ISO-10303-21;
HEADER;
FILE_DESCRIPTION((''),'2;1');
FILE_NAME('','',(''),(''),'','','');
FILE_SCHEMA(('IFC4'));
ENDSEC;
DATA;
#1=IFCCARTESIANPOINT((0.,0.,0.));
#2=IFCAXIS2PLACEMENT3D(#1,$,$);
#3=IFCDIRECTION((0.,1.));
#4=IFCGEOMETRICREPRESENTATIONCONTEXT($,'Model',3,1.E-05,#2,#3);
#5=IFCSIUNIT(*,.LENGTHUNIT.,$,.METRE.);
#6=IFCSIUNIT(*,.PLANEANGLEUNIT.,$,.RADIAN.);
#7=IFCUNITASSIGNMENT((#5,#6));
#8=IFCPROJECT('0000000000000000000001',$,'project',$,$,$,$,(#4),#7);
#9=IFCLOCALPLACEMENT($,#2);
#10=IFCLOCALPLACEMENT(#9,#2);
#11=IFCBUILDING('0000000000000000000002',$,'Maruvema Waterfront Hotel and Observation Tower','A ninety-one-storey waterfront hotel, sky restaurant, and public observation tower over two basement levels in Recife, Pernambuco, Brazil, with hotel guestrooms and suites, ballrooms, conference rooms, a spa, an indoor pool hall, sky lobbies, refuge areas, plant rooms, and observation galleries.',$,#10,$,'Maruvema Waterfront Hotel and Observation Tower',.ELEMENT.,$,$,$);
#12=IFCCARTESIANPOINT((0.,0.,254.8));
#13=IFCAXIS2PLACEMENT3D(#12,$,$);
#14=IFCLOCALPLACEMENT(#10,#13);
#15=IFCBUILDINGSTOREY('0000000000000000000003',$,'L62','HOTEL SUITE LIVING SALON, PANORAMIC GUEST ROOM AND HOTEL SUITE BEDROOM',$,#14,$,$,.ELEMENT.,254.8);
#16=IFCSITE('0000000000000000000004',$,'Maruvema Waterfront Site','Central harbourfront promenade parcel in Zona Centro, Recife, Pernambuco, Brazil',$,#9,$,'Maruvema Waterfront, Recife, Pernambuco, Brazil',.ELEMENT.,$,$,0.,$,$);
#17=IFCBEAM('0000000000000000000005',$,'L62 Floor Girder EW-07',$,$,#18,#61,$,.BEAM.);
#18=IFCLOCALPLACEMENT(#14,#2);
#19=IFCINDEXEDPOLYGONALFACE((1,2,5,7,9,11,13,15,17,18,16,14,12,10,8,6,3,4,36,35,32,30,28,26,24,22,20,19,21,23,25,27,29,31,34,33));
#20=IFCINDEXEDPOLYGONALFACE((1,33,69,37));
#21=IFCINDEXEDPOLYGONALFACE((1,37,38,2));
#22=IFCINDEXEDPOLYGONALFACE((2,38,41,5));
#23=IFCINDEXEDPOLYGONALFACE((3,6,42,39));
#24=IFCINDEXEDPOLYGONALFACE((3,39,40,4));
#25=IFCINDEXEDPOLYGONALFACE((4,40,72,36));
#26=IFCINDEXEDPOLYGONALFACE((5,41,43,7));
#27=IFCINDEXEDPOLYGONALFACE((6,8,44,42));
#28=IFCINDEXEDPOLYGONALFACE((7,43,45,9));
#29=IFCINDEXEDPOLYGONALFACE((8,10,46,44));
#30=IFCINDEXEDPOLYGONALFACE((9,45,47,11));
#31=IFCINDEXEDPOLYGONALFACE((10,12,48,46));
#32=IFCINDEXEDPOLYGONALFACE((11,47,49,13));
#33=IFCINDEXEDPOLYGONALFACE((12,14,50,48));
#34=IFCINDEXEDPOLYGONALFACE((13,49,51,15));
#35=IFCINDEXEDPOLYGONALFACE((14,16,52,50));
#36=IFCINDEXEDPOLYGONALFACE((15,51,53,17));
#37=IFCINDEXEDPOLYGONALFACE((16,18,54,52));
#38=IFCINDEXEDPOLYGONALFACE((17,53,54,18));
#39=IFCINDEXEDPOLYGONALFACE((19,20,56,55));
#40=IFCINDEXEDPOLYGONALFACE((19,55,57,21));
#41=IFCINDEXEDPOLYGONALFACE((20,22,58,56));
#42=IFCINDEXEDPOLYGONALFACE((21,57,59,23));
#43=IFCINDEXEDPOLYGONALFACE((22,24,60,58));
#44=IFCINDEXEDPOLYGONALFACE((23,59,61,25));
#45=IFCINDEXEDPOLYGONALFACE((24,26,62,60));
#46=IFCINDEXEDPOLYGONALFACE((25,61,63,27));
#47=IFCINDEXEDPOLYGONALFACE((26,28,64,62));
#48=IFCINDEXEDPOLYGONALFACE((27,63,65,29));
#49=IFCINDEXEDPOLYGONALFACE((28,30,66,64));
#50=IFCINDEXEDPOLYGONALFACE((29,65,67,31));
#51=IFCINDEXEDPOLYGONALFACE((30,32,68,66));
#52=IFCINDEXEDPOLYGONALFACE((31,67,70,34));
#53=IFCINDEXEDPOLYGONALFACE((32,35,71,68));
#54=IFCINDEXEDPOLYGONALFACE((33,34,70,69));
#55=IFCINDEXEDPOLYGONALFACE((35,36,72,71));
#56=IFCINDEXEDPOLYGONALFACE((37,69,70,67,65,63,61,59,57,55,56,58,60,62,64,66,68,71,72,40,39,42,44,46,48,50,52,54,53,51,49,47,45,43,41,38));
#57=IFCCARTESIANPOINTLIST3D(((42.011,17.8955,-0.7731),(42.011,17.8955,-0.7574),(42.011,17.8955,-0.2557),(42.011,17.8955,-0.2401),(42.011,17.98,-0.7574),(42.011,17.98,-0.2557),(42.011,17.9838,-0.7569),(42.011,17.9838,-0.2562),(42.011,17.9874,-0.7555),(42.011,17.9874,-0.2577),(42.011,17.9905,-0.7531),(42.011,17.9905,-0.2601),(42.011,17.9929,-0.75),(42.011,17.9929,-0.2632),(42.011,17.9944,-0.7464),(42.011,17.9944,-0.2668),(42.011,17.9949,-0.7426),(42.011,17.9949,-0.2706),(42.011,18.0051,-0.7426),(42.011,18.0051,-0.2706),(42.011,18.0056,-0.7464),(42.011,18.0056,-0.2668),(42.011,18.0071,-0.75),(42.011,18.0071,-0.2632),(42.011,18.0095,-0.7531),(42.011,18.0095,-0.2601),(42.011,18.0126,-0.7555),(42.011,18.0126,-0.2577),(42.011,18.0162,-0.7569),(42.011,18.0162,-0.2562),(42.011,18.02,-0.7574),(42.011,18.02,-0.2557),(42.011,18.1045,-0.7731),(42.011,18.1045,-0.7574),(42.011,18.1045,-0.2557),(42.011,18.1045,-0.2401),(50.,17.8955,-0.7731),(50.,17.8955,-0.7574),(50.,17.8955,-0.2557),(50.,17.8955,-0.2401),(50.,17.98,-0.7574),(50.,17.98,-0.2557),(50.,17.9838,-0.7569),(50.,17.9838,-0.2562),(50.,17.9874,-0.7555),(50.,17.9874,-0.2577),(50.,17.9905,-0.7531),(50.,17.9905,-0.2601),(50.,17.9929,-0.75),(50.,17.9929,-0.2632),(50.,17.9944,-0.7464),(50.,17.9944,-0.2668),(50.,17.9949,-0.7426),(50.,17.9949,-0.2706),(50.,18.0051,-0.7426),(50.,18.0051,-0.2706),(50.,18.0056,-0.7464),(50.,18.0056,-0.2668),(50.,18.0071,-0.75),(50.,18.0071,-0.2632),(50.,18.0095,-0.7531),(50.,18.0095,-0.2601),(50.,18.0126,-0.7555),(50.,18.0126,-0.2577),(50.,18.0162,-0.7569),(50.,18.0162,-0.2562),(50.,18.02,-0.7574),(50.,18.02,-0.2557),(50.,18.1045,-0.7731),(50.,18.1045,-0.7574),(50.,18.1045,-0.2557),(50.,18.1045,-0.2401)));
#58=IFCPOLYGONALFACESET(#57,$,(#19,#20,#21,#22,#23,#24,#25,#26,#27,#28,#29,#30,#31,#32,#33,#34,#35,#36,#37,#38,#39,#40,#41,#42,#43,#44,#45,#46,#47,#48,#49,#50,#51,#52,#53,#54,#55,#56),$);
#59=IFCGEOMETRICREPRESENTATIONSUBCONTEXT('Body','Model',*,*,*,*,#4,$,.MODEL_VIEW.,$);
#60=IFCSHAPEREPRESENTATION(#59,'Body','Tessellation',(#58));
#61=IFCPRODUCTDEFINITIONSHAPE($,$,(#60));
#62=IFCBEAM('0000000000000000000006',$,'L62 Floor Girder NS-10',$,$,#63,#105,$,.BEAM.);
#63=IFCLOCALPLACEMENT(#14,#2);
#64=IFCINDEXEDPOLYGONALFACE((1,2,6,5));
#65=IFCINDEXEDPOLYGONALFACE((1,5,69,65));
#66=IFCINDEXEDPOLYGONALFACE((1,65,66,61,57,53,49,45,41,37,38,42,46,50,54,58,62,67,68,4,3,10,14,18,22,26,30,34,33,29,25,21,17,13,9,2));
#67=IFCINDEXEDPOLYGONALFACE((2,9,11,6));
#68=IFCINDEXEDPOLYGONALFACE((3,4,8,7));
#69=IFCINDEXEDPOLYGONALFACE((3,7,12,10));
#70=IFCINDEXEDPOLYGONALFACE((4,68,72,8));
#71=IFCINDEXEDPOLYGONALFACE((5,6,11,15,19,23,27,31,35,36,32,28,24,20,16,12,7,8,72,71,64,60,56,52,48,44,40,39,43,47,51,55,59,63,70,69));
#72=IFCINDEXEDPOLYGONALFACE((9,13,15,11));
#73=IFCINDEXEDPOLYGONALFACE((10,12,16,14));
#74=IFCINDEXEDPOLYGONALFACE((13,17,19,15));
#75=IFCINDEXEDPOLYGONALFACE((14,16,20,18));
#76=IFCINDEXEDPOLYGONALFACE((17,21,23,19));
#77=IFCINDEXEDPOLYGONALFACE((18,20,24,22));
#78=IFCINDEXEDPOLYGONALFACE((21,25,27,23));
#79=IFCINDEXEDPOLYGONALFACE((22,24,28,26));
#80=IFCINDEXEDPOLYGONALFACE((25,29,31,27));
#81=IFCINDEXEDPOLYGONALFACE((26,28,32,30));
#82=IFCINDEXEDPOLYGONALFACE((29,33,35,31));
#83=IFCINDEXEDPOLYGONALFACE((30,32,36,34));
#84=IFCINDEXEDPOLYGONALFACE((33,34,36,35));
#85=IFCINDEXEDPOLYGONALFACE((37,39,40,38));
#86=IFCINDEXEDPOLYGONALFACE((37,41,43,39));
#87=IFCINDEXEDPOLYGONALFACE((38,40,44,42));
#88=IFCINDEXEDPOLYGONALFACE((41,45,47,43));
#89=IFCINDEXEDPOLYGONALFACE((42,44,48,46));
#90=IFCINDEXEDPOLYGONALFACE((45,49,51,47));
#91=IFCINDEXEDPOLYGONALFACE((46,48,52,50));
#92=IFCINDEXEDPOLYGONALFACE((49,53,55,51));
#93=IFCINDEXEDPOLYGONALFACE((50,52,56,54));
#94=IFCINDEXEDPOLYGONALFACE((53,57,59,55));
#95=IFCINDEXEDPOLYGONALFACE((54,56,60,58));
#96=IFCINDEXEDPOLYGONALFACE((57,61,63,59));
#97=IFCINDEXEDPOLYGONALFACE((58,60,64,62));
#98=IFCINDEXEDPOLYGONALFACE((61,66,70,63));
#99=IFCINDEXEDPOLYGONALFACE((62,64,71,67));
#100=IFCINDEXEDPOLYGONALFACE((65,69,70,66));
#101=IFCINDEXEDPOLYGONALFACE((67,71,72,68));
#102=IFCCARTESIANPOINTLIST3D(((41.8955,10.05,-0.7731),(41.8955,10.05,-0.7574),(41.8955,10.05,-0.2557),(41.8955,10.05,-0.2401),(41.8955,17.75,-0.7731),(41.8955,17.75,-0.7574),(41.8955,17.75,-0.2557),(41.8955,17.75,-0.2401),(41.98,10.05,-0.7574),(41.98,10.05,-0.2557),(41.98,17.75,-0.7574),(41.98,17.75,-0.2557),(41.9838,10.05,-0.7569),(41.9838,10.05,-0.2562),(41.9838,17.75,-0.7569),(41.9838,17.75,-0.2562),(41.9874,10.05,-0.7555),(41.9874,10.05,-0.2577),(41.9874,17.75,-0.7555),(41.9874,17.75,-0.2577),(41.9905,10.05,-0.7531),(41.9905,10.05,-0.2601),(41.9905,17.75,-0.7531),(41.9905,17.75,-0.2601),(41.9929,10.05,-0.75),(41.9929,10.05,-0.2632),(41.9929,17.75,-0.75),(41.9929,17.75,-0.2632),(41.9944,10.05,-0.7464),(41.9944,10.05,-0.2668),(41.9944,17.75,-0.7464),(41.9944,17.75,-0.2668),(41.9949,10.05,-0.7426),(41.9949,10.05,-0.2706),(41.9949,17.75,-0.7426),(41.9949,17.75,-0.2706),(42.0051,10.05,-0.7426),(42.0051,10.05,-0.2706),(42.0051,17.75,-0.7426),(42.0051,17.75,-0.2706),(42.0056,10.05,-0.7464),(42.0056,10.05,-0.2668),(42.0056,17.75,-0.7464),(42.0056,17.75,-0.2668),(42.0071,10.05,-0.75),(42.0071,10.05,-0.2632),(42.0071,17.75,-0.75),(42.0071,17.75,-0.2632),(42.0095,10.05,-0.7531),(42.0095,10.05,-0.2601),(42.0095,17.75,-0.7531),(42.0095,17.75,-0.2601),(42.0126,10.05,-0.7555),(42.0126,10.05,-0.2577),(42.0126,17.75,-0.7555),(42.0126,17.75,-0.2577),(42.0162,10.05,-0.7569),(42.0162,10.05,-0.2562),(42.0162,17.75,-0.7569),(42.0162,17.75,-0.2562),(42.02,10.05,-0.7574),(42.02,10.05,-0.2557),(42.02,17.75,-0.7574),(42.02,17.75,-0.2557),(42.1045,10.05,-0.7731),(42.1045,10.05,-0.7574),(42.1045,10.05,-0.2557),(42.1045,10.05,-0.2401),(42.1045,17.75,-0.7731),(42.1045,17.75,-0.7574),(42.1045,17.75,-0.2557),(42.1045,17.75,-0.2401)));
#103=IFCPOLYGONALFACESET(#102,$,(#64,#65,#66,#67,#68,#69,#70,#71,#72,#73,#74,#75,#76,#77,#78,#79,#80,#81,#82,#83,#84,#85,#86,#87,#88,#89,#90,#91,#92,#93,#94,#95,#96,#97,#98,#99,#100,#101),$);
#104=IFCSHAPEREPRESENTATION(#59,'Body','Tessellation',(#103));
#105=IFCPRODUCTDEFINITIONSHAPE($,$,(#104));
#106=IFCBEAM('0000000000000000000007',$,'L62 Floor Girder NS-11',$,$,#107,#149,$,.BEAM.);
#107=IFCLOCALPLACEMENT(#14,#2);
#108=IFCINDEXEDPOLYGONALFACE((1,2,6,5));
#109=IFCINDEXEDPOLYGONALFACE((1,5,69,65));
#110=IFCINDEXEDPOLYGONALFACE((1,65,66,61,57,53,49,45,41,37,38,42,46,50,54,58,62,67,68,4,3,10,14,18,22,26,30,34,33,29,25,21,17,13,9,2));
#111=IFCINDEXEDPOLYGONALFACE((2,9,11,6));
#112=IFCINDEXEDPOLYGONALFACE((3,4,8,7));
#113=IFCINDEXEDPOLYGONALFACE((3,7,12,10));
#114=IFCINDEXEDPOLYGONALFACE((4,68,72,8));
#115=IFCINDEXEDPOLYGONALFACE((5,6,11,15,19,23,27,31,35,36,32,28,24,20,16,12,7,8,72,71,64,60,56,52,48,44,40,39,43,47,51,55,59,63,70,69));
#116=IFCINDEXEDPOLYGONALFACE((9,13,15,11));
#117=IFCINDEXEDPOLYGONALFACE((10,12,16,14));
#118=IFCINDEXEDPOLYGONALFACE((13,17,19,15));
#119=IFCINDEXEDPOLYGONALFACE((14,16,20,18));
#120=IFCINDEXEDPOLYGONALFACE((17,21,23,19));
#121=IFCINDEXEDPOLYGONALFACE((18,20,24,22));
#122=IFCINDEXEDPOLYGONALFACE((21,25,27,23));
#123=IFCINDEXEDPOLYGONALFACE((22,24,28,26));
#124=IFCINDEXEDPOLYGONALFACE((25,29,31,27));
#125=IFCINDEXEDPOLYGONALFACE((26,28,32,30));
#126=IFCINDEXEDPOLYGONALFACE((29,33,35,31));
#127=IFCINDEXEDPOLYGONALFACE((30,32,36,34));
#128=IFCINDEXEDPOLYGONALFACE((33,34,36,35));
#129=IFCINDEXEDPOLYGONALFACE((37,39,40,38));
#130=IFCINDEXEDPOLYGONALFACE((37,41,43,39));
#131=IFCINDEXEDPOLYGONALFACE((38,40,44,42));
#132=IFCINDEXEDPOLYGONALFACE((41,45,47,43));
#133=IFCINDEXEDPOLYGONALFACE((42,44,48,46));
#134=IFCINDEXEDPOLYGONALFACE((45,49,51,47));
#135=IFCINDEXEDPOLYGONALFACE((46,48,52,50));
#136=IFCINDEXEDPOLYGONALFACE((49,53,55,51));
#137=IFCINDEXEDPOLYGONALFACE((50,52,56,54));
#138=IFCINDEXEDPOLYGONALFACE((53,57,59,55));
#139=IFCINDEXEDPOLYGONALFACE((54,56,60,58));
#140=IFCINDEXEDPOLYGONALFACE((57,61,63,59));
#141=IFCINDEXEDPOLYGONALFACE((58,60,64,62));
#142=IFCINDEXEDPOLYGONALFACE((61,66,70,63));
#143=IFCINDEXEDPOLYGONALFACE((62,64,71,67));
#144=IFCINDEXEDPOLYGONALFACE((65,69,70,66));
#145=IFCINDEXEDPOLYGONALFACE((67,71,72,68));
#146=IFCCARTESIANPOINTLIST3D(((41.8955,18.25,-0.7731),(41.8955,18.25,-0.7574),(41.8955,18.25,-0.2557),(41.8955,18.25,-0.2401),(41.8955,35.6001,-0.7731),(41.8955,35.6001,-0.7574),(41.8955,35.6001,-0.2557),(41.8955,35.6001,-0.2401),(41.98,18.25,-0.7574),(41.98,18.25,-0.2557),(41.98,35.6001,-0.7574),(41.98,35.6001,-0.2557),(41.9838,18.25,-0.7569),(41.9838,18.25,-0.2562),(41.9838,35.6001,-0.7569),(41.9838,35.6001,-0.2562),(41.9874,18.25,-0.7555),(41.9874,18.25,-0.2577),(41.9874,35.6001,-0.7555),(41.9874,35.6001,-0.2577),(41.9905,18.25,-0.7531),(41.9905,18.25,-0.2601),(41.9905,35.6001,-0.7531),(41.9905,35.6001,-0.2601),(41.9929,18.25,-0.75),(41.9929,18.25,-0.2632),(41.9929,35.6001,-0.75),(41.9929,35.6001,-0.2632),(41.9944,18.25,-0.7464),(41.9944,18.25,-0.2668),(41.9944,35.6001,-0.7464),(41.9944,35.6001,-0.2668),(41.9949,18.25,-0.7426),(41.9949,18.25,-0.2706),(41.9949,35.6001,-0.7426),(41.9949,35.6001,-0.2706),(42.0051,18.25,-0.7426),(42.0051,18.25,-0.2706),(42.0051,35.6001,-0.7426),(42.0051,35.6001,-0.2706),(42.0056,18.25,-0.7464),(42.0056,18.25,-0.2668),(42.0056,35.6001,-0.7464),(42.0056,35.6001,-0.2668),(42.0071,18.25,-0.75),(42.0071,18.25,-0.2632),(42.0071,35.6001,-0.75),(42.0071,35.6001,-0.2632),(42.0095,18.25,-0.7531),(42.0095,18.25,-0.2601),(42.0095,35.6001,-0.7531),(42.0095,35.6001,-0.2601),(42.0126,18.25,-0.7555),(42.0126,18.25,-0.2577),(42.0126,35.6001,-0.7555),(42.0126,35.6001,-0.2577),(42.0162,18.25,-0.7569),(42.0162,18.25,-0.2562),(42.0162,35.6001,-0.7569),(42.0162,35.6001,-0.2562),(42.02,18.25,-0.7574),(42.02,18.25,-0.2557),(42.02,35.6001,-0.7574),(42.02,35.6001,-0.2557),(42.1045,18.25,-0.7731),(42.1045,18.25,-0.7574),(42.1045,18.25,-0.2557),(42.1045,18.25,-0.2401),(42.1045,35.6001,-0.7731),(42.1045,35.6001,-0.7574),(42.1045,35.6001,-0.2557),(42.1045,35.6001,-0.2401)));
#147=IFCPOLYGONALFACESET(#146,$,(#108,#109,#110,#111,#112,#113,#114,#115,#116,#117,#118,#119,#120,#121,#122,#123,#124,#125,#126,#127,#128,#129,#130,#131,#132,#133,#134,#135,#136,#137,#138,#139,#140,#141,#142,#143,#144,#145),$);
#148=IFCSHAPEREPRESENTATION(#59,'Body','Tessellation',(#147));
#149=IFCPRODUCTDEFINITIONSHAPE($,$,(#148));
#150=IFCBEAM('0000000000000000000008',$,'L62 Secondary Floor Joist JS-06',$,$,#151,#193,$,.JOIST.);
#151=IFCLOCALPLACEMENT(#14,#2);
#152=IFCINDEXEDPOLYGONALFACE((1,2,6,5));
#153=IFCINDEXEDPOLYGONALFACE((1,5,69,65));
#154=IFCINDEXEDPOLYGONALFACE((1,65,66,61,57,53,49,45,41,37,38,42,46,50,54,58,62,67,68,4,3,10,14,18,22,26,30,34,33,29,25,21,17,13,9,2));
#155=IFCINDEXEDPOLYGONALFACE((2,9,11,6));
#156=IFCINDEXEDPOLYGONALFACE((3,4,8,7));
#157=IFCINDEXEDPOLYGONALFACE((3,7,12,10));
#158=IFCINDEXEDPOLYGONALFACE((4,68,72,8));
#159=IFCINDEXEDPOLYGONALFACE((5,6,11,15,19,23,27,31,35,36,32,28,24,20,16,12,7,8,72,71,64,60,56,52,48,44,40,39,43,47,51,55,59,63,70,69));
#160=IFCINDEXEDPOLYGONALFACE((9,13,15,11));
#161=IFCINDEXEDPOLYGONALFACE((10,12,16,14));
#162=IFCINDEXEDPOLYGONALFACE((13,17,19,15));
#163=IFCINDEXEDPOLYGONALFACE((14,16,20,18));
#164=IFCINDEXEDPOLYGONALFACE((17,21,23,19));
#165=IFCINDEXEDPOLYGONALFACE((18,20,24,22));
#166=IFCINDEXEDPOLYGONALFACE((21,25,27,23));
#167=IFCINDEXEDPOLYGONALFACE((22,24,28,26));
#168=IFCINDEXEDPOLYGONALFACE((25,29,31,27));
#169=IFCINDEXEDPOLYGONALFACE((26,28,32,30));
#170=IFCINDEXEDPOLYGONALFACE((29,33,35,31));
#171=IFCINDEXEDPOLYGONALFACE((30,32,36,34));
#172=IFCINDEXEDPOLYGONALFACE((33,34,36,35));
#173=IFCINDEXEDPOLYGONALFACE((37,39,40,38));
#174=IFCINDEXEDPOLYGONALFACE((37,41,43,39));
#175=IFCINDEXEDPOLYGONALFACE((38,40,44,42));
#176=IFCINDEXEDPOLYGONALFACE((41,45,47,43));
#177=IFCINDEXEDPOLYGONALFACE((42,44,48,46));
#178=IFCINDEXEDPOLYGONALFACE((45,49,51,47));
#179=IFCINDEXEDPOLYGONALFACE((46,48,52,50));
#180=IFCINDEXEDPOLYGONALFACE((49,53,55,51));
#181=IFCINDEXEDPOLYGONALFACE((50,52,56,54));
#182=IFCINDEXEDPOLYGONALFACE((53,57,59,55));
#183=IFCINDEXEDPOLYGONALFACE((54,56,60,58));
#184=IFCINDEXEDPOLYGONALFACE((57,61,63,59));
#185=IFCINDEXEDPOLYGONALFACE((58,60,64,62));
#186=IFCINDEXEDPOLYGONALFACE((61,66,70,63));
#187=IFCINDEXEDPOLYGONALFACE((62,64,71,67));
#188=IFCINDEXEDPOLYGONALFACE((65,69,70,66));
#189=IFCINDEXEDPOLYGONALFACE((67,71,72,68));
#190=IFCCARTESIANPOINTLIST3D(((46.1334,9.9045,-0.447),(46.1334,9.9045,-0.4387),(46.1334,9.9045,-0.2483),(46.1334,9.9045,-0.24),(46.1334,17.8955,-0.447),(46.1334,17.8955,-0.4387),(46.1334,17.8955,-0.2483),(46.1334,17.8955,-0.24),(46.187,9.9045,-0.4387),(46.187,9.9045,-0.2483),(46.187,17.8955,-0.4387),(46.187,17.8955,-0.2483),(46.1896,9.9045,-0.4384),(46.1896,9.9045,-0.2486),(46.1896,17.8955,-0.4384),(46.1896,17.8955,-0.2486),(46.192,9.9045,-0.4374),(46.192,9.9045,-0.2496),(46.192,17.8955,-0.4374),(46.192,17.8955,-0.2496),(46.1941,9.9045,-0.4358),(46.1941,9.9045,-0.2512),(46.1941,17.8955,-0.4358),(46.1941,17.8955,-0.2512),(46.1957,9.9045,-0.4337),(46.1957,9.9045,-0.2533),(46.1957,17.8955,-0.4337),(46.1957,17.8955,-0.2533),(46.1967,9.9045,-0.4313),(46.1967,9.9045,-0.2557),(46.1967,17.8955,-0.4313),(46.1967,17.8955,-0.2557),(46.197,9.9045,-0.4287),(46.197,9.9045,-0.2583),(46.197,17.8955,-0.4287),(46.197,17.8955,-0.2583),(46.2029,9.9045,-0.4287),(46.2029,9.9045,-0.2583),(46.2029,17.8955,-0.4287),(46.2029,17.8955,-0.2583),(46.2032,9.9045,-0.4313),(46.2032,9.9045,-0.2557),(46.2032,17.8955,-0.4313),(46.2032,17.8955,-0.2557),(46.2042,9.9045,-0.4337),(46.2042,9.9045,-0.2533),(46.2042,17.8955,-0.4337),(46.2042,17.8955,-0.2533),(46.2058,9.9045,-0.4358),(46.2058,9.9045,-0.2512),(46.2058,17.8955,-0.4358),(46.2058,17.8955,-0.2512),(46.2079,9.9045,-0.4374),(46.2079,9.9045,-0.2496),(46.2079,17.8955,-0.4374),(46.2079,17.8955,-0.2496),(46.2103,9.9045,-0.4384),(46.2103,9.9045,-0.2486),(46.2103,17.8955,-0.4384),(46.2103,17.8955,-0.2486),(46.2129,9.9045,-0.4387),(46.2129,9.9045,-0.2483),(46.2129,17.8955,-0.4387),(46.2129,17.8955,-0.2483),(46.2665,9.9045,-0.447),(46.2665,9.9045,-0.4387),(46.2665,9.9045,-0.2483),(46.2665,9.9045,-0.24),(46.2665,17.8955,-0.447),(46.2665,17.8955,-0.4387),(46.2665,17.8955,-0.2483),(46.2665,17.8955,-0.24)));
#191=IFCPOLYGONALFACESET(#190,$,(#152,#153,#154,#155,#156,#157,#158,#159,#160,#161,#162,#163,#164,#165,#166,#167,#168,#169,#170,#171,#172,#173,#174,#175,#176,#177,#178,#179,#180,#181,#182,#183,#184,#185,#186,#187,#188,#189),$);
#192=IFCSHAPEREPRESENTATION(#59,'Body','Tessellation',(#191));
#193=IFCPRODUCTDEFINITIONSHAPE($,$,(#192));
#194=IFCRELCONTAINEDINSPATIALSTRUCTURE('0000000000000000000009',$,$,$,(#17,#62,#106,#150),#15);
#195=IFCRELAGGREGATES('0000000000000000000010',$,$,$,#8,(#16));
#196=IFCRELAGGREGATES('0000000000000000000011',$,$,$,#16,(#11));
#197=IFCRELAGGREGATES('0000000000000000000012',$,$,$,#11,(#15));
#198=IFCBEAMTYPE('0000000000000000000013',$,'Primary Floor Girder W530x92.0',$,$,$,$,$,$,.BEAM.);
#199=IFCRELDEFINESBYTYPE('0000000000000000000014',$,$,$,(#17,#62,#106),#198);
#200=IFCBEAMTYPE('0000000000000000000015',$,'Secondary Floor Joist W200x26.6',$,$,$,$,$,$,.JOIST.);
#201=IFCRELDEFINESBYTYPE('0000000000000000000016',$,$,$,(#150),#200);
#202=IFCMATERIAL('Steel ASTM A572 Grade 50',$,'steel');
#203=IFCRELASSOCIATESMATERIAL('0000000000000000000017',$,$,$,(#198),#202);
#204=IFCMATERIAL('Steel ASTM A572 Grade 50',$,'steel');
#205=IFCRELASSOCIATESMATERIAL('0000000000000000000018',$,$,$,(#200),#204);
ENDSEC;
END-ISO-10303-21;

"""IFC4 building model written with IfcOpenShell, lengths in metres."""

from ifc_helpers import new_model, si_unit, direction, frame, origin, origin_2d, place, context, subcontext, project, spatial, i_section, extrude, material, material_profile, profile_set, type_object, element, save


model = new_model("IFC4")

# Units and contexts
model_context = context("Model", 3, precision=1e-05, world=origin(), true_north=direction((0.0, 1.0)))
body_context = subcontext(model_context, "Body", "Model", "MODEL_VIEW")
ifc_project = project(units=[si_unit("LENGTHUNIT", "METRE"), si_unit("PLANEANGLEUNIT", "RADIAN")], contexts=[model_context])

# Site, building, storey
site_placement = place(None, origin())
site = spatial("IfcSite", under=ifc_project, at=site_placement, Name="Maruvema Waterfront Site", Description="Central harbourfront promenade parcel in Zona Centro, Recife, Pernambuco, Brazil", LongName="Maruvema Waterfront, Recife, Pernambuco, Brazil", CompositionType="ELEMENT", RefElevation=0.0)
building_placement = place(site_placement, origin())
building = spatial("IfcBuilding", under=site, at=building_placement, Name="Maruvema Waterfront Hotel and Observation Tower", Description="A ninety-one-storey waterfront hotel, sky restaurant, and public observation tower over two basement levels in Recife, Pernambuco, Brazil, with hotel guestrooms and suites, ballrooms, conference rooms, a spa, an indoor pool hall, sky lobbies, refuge areas, plant rooms, and observation galleries.", LongName="Maruvema Waterfront Hotel and Observation Tower", CompositionType="ELEMENT")
storey_placement = place(building_placement, frame((0.0, 0.0, 254.8)))
storey = spatial("IfcBuildingStorey", under=building, at=storey_placement, Name="L62", Description="HOTEL SUITE LIVING SALON, PANORAMIC GUEST ROOM AND HOTEL SUITE BEDROOM", CompositionType="ELEMENT", Elevation=254.8)

# Beams
ifc_material_1 = material(Name="Steel ASTM A572 Grade 50", Category="steel")
ifc_material_profile_1 = material_profile(ifc_material_1, i_section(OverallWidth=0.209, OverallDepth=0.533, WebThickness=0.0103, FlangeThickness=0.0156, FilletRadius=0.0149, at=origin_2d()), Name="W530x92.0")
ifc_profile_set_1 = profile_set([ifc_material_profile_1], Name="Steel ASTM A572 Grade 50")
beam_type_1 = type_object("IfcBeamType", Name="Primary Floor Girder W530x92.0", PredefinedType="BEAM", material=ifc_profile_set_1)
beam_1_placement = place(storey_placement, frame((42.011, 18.0, -0.5066), z_axis=(1.0, 0.0, 0.0), x_axis=(0.0, 1.0, 0.0)))
element("IfcBeam", 1, at=beam_1_placement, inside=storey, type_object=beam_type_1, Name="L62 Floor Girder EW-07", PredefinedType="BEAM", context=body_context, shape_type="SweptSolid", body=[
    extrude(i_section(OverallWidth=0.209, OverallDepth=0.533, WebThickness=0.0103, FlangeThickness=0.0156, FilletRadius=0.0149, at=origin_2d()), origin(), (0.0, 0.0, 1.0), 7.989),
])
beam_2_placement = place(storey_placement, frame((42.0, 10.05, -0.5066), z_axis=(0.0, 1.0, 0.0), x_axis=(-1.0, 0.0, 0.0)))
element("IfcBeam", 2, at=beam_2_placement, inside=storey, type_object=beam_type_1, Name="L62 Floor Girder NS-10", PredefinedType="BEAM", context=body_context, shape_type="SweptSolid", body=[
    extrude(i_section(OverallWidth=0.209, OverallDepth=0.533, WebThickness=0.0103, FlangeThickness=0.0156, FilletRadius=0.0149, at=origin_2d()), origin(), (0.0, 0.0, 1.0), 7.7),
])
beam_3_placement = place(storey_placement, frame((42.0, 18.25, -0.5066), z_axis=(0.0, 1.0, 0.0), x_axis=(-1.0, 0.0, 0.0)))
element("IfcBeam", 3, at=beam_3_placement, inside=storey, type_object=beam_type_1, Name="L62 Floor Girder NS-11", PredefinedType="BEAM", context=body_context, shape_type="SweptSolid", body=[
    extrude(i_section(OverallWidth=0.209, OverallDepth=0.533, WebThickness=0.0103, FlangeThickness=0.0156, FilletRadius=0.0149, at=origin_2d()), origin(), (0.0, 0.0, 1.0), 17.3501),
])
ifc_material_2 = material(Name="Steel ASTM A572 Grade 50", Category="steel")
ifc_material_profile_2 = material_profile(ifc_material_2, i_section(OverallWidth=0.1331, OverallDepth=0.207, WebThickness=0.0059, FlangeThickness=0.0083, FilletRadius=0.01, at=origin_2d()), Name="W200x26.6")
ifc_profile_set_2 = profile_set([ifc_material_profile_2], Name="Steel ASTM A572 Grade 50")
beam_type_2 = type_object("IfcBeamType", Name="Secondary Floor Joist W200x26.6", PredefinedType="JOIST", material=ifc_profile_set_2)
beam_4_placement = place(storey_placement, frame((46.2, 9.9045, -0.3435), z_axis=(0.0, 1.0, 0.0), x_axis=(-1.0, 0.0, 0.0)))
element("IfcBeam", 4, at=beam_4_placement, inside=storey, type_object=beam_type_2, Name="L62 Secondary Floor Joist JS-06", PredefinedType="JOIST", context=body_context, shape_type="SweptSolid", body=[
    extrude(i_section(OverallWidth=0.1331, OverallDepth=0.207, WebThickness=0.0059, FlangeThickness=0.0083, FilletRadius=0.01, at=origin_2d()), origin(), (0.0, 0.0, 1.0), 7.991),
])

save(model, "model.ifc")
